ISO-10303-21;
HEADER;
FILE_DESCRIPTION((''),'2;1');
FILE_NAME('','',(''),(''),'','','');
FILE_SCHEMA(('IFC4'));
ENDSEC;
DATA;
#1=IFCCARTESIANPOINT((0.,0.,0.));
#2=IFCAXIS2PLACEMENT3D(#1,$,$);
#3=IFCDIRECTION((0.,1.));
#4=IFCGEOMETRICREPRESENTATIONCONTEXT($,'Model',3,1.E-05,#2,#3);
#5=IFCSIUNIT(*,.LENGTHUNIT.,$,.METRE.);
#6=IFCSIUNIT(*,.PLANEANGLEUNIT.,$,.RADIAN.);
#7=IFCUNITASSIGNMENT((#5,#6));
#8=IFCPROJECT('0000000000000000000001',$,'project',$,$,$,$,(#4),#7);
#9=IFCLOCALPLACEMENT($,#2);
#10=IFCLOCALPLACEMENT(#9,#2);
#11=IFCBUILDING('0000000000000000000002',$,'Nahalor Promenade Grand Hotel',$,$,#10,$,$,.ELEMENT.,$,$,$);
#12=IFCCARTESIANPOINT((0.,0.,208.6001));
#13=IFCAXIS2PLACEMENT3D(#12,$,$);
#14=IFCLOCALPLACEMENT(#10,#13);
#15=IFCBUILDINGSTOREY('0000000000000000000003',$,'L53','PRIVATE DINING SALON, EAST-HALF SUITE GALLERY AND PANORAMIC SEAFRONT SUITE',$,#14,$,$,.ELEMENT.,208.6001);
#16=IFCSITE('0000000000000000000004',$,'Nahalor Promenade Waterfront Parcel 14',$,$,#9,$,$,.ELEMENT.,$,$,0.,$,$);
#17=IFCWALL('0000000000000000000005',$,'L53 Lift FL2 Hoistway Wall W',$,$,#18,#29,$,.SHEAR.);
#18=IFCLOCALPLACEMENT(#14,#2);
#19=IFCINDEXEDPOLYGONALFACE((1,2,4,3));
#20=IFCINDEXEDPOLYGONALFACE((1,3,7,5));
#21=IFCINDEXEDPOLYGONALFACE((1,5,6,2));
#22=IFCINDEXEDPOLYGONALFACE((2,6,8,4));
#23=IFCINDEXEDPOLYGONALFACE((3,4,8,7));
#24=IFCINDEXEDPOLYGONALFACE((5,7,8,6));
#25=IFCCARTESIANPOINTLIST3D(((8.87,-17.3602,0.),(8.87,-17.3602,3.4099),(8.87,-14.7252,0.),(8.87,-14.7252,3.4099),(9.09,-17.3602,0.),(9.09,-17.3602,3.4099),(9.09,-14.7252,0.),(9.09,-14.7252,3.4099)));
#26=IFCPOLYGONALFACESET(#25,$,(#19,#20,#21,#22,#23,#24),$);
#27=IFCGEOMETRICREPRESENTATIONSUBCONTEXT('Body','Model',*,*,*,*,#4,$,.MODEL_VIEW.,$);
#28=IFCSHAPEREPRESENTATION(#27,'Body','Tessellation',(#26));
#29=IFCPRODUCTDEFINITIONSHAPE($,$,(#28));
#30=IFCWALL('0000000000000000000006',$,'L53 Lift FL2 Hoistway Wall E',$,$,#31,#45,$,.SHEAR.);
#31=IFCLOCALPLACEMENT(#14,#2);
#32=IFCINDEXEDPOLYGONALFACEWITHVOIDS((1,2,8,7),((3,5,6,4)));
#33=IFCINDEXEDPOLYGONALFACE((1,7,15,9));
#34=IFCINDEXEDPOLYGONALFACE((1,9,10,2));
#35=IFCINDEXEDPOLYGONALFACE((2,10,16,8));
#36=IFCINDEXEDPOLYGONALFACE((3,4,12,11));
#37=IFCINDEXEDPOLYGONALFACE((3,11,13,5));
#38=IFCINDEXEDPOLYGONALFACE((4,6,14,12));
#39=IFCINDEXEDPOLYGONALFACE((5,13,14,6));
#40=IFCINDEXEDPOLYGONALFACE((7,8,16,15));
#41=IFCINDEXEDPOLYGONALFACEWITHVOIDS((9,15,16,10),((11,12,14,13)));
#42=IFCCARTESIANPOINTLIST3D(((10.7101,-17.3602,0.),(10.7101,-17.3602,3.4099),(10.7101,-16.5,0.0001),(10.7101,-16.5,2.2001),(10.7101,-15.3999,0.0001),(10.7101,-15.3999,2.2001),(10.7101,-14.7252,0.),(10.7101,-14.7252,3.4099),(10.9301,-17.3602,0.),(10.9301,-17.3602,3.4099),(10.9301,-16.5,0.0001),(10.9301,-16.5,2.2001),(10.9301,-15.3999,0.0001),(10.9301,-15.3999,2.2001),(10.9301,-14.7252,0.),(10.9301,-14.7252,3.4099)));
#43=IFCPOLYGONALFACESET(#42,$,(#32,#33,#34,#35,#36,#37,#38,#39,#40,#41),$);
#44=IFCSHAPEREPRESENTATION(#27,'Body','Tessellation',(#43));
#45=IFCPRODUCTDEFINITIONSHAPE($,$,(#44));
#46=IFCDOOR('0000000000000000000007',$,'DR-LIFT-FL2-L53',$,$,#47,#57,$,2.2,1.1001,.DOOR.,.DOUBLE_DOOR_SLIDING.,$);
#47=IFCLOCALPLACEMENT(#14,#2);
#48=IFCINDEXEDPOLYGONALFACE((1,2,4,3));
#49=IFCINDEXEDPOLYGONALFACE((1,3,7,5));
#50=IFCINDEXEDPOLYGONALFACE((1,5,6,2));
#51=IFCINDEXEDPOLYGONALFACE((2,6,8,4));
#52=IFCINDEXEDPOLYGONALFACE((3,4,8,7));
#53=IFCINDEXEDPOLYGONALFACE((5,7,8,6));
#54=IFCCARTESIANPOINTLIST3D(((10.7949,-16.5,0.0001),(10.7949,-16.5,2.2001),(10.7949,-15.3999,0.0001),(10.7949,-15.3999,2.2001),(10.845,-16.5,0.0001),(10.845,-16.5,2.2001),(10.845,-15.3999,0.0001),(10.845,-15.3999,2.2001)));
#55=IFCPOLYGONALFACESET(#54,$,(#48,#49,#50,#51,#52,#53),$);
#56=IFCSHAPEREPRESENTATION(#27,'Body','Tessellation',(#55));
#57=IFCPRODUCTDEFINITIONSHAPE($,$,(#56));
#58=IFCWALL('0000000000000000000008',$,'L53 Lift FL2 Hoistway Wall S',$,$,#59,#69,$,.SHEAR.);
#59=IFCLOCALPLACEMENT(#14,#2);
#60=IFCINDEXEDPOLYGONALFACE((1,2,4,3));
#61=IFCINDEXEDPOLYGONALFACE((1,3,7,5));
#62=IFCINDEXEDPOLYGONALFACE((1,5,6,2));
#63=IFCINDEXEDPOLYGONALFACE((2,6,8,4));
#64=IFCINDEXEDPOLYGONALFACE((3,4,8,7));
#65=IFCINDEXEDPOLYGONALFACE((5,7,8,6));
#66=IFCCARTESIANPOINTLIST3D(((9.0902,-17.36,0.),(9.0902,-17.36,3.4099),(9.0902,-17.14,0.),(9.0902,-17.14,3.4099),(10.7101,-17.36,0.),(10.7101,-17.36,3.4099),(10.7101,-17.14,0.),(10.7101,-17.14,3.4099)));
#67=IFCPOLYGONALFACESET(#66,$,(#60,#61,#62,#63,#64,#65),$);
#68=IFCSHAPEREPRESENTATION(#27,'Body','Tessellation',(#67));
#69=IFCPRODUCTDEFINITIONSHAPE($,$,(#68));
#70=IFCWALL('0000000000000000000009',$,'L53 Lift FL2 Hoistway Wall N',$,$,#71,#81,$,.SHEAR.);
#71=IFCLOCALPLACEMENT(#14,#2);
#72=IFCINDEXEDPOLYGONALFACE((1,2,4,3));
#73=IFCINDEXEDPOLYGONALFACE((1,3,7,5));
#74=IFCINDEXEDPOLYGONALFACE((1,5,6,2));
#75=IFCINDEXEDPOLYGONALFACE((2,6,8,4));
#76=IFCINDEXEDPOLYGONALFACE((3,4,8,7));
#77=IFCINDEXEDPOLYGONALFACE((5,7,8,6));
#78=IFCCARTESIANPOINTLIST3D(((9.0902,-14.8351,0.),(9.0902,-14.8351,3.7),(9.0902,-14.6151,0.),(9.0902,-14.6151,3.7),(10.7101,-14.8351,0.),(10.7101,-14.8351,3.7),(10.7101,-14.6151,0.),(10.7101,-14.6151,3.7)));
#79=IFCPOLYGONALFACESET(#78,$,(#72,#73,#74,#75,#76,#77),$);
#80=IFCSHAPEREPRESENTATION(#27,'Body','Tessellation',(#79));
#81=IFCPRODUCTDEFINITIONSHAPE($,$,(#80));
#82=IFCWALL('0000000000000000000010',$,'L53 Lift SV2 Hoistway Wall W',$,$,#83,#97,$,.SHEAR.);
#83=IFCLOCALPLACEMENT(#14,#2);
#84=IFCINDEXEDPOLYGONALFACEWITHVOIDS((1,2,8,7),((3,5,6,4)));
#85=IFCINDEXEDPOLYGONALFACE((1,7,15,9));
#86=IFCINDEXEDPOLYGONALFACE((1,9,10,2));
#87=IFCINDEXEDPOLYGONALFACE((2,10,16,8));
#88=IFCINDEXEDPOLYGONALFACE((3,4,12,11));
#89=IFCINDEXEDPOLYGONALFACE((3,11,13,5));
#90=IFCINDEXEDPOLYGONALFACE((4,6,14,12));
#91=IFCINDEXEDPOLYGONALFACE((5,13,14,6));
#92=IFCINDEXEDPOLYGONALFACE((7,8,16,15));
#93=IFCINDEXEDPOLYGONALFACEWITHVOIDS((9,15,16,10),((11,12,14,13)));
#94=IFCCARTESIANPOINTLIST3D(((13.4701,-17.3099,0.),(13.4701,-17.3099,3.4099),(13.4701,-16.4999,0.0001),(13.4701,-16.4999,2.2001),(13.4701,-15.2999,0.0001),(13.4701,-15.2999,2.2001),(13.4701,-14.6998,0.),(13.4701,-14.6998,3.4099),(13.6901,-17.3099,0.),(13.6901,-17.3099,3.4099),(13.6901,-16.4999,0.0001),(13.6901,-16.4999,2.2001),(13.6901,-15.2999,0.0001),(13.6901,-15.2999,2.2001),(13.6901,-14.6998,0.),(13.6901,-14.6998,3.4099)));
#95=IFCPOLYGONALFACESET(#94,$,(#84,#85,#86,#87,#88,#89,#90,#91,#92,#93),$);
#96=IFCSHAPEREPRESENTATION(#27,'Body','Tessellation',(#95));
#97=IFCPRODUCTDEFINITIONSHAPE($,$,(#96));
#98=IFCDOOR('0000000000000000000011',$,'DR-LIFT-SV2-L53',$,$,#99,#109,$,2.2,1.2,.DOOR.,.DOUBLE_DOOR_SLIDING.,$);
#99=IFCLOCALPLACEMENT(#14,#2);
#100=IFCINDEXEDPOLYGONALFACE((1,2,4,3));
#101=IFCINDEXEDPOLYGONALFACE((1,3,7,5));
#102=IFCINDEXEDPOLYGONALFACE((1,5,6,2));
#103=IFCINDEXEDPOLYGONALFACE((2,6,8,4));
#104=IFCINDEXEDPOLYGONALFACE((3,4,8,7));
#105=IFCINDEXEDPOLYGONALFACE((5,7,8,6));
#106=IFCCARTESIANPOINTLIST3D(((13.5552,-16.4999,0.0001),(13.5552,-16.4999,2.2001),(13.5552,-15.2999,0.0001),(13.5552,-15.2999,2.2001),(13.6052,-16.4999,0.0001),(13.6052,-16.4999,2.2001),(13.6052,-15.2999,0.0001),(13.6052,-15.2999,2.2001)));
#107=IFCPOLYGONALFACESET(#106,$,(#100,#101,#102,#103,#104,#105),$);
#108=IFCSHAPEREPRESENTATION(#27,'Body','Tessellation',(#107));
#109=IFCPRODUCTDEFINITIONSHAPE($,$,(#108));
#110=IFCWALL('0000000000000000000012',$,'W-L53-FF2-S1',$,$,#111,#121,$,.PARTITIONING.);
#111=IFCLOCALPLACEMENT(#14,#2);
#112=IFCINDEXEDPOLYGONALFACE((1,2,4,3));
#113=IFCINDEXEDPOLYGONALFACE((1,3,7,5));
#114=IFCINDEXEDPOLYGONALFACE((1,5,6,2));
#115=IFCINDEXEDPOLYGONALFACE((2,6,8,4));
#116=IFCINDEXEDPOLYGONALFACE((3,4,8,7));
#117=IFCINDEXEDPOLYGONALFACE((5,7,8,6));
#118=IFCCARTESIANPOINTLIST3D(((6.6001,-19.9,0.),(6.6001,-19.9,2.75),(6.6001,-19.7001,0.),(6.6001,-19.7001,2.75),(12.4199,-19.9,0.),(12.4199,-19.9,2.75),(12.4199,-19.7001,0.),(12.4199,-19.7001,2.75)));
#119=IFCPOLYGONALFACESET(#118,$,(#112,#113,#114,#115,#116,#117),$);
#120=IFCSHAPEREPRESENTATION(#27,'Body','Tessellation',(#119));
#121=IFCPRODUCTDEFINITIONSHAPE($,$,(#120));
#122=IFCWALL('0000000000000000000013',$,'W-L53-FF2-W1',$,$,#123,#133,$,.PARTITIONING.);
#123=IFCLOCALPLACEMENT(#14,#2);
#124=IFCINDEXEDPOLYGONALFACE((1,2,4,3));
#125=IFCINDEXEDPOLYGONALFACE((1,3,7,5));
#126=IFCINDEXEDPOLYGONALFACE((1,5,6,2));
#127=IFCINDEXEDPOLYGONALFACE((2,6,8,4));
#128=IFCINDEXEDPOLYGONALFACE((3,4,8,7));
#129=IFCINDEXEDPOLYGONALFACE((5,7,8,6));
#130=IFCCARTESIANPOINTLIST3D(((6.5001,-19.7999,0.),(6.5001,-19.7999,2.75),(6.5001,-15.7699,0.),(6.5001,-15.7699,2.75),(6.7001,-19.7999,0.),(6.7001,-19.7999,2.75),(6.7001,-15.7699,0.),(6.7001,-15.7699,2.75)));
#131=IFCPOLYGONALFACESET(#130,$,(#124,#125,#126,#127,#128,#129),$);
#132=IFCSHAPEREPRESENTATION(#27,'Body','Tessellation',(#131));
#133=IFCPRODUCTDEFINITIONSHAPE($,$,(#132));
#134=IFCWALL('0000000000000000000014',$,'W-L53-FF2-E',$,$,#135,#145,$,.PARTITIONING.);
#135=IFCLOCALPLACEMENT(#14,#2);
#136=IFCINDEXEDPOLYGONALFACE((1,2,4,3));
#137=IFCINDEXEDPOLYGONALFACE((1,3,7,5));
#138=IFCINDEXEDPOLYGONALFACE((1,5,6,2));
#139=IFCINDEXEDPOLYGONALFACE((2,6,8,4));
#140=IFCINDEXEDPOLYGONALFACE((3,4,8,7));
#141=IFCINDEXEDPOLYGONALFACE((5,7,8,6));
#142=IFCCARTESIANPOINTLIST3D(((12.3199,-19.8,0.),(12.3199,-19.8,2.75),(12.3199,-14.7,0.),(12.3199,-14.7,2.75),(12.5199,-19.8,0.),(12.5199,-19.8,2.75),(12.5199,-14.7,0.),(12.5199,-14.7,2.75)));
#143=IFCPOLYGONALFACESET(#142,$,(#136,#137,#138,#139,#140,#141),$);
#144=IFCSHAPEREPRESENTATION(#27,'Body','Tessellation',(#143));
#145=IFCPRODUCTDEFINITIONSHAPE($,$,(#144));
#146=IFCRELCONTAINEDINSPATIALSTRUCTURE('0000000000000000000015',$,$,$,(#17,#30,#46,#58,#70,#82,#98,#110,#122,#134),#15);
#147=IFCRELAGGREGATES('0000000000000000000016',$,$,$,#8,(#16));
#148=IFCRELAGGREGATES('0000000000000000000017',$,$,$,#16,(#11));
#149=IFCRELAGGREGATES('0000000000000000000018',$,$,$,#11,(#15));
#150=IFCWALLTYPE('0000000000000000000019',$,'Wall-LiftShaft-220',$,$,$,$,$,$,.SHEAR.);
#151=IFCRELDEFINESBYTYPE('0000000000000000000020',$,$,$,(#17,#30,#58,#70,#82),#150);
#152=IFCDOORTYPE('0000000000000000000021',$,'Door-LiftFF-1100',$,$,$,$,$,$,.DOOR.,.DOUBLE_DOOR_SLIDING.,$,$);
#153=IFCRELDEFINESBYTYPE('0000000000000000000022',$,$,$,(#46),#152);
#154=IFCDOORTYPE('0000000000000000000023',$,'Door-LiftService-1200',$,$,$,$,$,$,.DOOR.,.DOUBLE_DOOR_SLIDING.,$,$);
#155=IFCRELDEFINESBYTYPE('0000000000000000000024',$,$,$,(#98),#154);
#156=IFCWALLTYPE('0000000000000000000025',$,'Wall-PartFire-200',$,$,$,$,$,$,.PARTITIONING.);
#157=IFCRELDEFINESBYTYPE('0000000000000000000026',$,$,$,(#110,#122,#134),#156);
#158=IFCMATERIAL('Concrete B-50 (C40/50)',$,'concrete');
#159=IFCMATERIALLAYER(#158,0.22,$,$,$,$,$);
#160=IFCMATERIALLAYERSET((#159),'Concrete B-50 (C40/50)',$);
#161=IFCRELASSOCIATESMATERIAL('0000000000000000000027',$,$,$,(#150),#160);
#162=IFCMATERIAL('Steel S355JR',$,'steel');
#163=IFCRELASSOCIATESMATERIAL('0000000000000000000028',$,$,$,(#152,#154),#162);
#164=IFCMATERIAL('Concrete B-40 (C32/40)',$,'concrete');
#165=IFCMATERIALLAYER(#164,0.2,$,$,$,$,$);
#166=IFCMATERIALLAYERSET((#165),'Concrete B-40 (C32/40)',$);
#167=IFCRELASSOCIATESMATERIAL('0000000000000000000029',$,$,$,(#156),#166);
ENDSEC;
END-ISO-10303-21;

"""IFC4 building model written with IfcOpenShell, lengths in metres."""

from ifc_helpers import new_model, si_unit, direction, frame, frame_2d, origin, place, context, subcontext, project, spatial, rectangle, extrude, source, transform, mapped, material, layer, layer_set, type_object, element, fill, save


model = new_model("IFC4")

# Units and contexts
model_context = context("Model", 3, precision=1e-05, world=origin(), true_north=direction((0.0, 1.0)))
body_context = subcontext(model_context, "Body", "Model", "MODEL_VIEW")
ifc_project = project(units=[si_unit("LENGTHUNIT", "METRE"), si_unit("PLANEANGLEUNIT", "RADIAN")], contexts=[model_context])

# Site, building, storey
site_placement = place(None, origin())
site = spatial("IfcSite", under=ifc_project, at=site_placement, Name="Nahalor Promenade Waterfront Parcel 14", CompositionType="ELEMENT", RefElevation=0.0)
building_placement = place(site_placement, origin())
building = spatial("IfcBuilding", under=site, at=building_placement, Name="Nahalor Promenade Grand Hotel", CompositionType="ELEMENT")
storey_placement = place(building_placement, frame((0.0, 0.0, 208.6001)))
storey = spatial("IfcBuildingStorey", under=building, at=storey_placement, Name="L53", Description="PRIVATE DINING SALON, EAST-HALF SUITE GALLERY AND PANORAMIC SEAFRONT SUITE", CompositionType="ELEMENT", Elevation=208.6001)

# Shared definitions
ifc_material_1 = material(Name="Steel S355JR", Category="steel")

# Shared definitions
ifc_material_2 = material(Name="Concrete B-50 (C40/50)", Category="concrete")

# Shared definitions
ifc_layer_1 = layer(ifc_material_2, 0.22)
ifc_layer_set_1 = layer_set([ifc_layer_1], Name="Concrete B-50 (C40/50)")
wall_type_1 = type_object("IfcWallType", Name="Wall-LiftShaft-220", PredefinedType="SHEAR", material=ifc_layer_set_1)

# Wall
shared_shape_1 = source(origin(), body_context, "Body", "SweptSolid", [
    extrude(rectangle(XDim=2.635, YDim=0.22, at=frame_2d((1.3174, 0.0))), origin(), (0.0, 0.0, 1.0), 3.4099),
])
wall_1_placement = place(storey_placement, frame((8.98, -17.3601, 0.0), z_axis=(0.0, 0.0, 1.0), x_axis=(0.0, 1.0, 0.0)))
element("IfcWall", 1, at=wall_1_placement, inside=storey, type_object=wall_type_1, Name="L53 Lift FL2 Hoistway Wall W", PredefinedType="SHEAR", context=body_context, shape_type="MappedRepresentation", body=[
    mapped(shared_shape_1, transform((0.0, 0.0, 0.0), scale=1.0)),
])

# Wall, opening, door
wall_2_placement = place(storey_placement, frame((10.8201, -17.3601, 0.0), z_axis=(0.0, 0.0, 1.0), x_axis=(0.0, 1.0, 0.0)))
wall_2 = element("IfcWall", 2, at=wall_2_placement, inside=storey, type_object=wall_type_1, Name="L53 Lift FL2 Hoistway Wall E", PredefinedType="SHEAR", context=body_context, shape_type="MappedRepresentation", body=[
    mapped(shared_shape_1, transform((0.0, 0.0, 0.0), scale=1.0)),
])
opening_1_placement = place(wall_2_placement, frame((0.8601, 0.0, 0.0)))
opening_1 = element("IfcOpeningElement", 3, at=opening_1_placement, cuts=wall_2, PredefinedType="OPENING", context=body_context, shape_type="SweptSolid", body=[
    extrude(rectangle(XDim=1.1001, YDim=2.2, at=frame_2d((0.55, 1.1001))), frame((0.0, 0.1199, 0.0), z_axis=(0.0, -1.0, 0.0), x_axis=(1.0, 0.0, 0.0)), (0.0, 0.0, 1.0), 0.24),
])
door_type_1 = type_object("IfcDoorType", Name="Door-LiftFF-1100", OperationType="DOUBLE_DOOR_SLIDING", PredefinedType="DOOR", material=ifc_material_1)
shared_shape_2 = source(origin(), body_context, "Body", "SweptSolid", [
    extrude(rectangle(XDim=1.1001, YDim=2.2, at=frame_2d((0.55, 1.1001))), frame((0.0, 0.0249, 0.0), z_axis=(0.0, -1.0, 0.0), x_axis=(1.0, 0.0, 0.0)), (0.0, 0.0, 1.0), 0.05),
])
door_1_placement = place(opening_1_placement, frame((1.1001, 0.0, 0.0), z_axis=(0.0, 0.0, 1.0), x_axis=(-1.0, 0.0, 0.0)))
door_1 = element("IfcDoor", 4, at=door_1_placement, inside=storey, type_object=door_type_1, Name="DR-LIFT-FL2-L53", OperationType="DOUBLE_DOOR_SLIDING", OverallHeight=2.2, OverallWidth=1.1001, PredefinedType="DOOR", context=body_context, shape_type="MappedRepresentation", body=[
    mapped(shared_shape_2, transform((0.0, 0.0, 0.0), scale=1.0)),
])
fill(opening_1, door_1)

# Walls
shared_shape_3 = source(origin(), body_context, "Body", "SweptSolid", [
    extrude(rectangle(XDim=1.6199, YDim=0.22, at=frame_2d((0.8101, 0.0))), origin(), (0.0, 0.0, 1.0), 3.4099),
])
wall_3_placement = place(storey_placement, frame((9.0901, -17.25, 0.0), z_axis=(0.0, 0.0, 1.0), x_axis=(1.0, 0.0, 0.0)))
element("IfcWall", 5, at=wall_3_placement, inside=storey, type_object=wall_type_1, Name="L53 Lift FL2 Hoistway Wall S", PredefinedType="SHEAR", context=body_context, shape_type="MappedRepresentation", body=[
    mapped(shared_shape_3, transform((0.0, 0.0, 0.0), scale=1.0)),
])
shared_shape_4 = source(origin(), body_context, "Body", "SweptSolid", [
    extrude(rectangle(XDim=1.6199, YDim=0.22, at=frame_2d((0.8101, 0.0))), origin(), (0.0, 0.0, 1.0), 3.7),
])
wall_4_placement = place(storey_placement, frame((9.0901, -14.7251, 0.0), z_axis=(0.0, 0.0, 1.0), x_axis=(1.0, 0.0, 0.0)))
element("IfcWall", 6, at=wall_4_placement, inside=storey, type_object=wall_type_1, Name="L53 Lift FL2 Hoistway Wall N", PredefinedType="SHEAR", context=body_context, shape_type="MappedRepresentation", body=[
    mapped(shared_shape_4, transform((0.0, 0.0, 0.0), scale=1.0)),
])

# Wall, opening, door
shared_shape_5 = source(origin(), body_context, "Body", "SweptSolid", [
    extrude(rectangle(XDim=2.6101, YDim=0.22, at=frame_2d((1.3052, 0.0))), origin(), (0.0, 0.0, 1.0), 3.4099),
])
wall_5_placement = place(storey_placement, frame((13.5801, -17.3101, 0.0), z_axis=(0.0, 0.0, 1.0), x_axis=(0.0, 1.0, 0.0)))
wall_5 = element("IfcWall", 7, at=wall_5_placement, inside=storey, type_object=wall_type_1, Name="L53 Lift SV2 Hoistway Wall W", PredefinedType="SHEAR", context=body_context, shape_type="MappedRepresentation", body=[
    mapped(shared_shape_5, transform((0.0, 0.0, 0.0), scale=1.0)),
])
opening_2_placement = place(wall_5_placement, frame((0.8101, 0.0, 0.0)))
opening_2 = element("IfcOpeningElement", 8, at=opening_2_placement, cuts=wall_5, PredefinedType="OPENING", context=body_context, shape_type="SweptSolid", body=[
    extrude(rectangle(XDim=1.2, YDim=2.2, at=frame_2d((0.6001, 1.1001))), frame((0.0, 0.1199, 0.0), z_axis=(0.0, -1.0, 0.0), x_axis=(1.0, 0.0, 0.0)), (0.0, 0.0, 1.0), 0.24),
])
door_type_2 = type_object("IfcDoorType", Name="Door-LiftService-1200", OperationType="DOUBLE_DOOR_SLIDING", PredefinedType="DOOR", material=ifc_material_1)
shared_shape_6 = source(origin(), body_context, "Body", "SweptSolid", [
    extrude(rectangle(XDim=1.2, YDim=2.2, at=frame_2d((0.6001, 1.1001))), frame((0.0, 0.0249, 0.0), z_axis=(0.0, -1.0, 0.0), x_axis=(1.0, 0.0, 0.0)), (0.0, 0.0, 1.0), 0.05),
])
door_2_placement = place(opening_2_placement, origin())
door_2 = element("IfcDoor", 9, at=door_2_placement, inside=storey, type_object=door_type_2, Name="DR-LIFT-SV2-L53", OperationType="DOUBLE_DOOR_SLIDING", OverallHeight=2.2, OverallWidth=1.2, PredefinedType="DOOR", context=body_context, shape_type="MappedRepresentation", body=[
    mapped(shared_shape_6, transform((0.0, 0.0, 0.0), scale=1.0)),
])
fill(opening_2, door_2)

# Walls
ifc_material_3 = material(Name="Concrete B-40 (C32/40)", Category="concrete")
ifc_layer_2 = layer(ifc_material_3, 0.2)
ifc_layer_set_2 = layer_set([ifc_layer_2], Name="Concrete B-40 (C32/40)")
wall_type_2 = type_object("IfcWallType", Name="Wall-PartFire-200", PredefinedType="PARTITIONING", material=ifc_layer_set_2)
shared_shape_7 = source(origin(), body_context, "Body", "SweptSolid", [
    extrude(rectangle(XDim=5.8198, YDim=0.2, at=frame_2d((2.9099, 0.0))), origin(), (0.0, 0.0, 1.0), 2.75),
])
wall_6_placement = place(storey_placement, frame((6.6001, -19.8, 0.0), z_axis=(0.0, 0.0, 1.0), x_axis=(1.0, 0.0, 0.0)))
element("IfcWall", 10, at=wall_6_placement, inside=storey, type_object=wall_type_2, Name="W-L53-FF2-S1", PredefinedType="PARTITIONING", context=body_context, shape_type="MappedRepresentation", body=[
    mapped(shared_shape_7, transform((0.0, 0.0, 0.0), scale=1.0)),
])
shared_shape_8 = source(origin(), body_context, "Body", "SweptSolid", [
    extrude(rectangle(XDim=4.03, YDim=0.2, at=frame_2d((2.0151, 0.0))), origin(), (0.0, 0.0, 1.0), 2.75),
])
wall_7_placement = place(storey_placement, frame((6.6001, -19.8, 0.0), z_axis=(0.0, 0.0, 1.0), x_axis=(0.0, 1.0, 0.0)))
element("IfcWall", 11, at=wall_7_placement, inside=storey, type_object=wall_type_2, Name="W-L53-FF2-W1", PredefinedType="PARTITIONING", context=body_context, shape_type="MappedRepresentation", body=[
    mapped(shared_shape_8, transform((0.0, 0.0, 0.0), scale=1.0)),
])
shared_shape_9 = source(origin(), body_context, "Body", "SweptSolid", [
    extrude(rectangle(XDim=5.1001, YDim=0.2, at=frame_2d((2.55, 0.0))), origin(), (0.0, 0.0, 1.0), 2.75),
])
wall_8_placement = place(storey_placement, frame((12.4199, -19.8, 0.0), z_axis=(0.0, 0.0, 1.0), x_axis=(0.0, 1.0, 0.0)))
element("IfcWall", 12, at=wall_8_placement, inside=storey, type_object=wall_type_2, Name="W-L53-FF2-E", PredefinedType="PARTITIONING", context=body_context, shape_type="MappedRepresentation", body=[
    mapped(shared_shape_9, transform((0.0, 0.0, 0.0), scale=1.0)),
])

save(model, "model.ifc")
